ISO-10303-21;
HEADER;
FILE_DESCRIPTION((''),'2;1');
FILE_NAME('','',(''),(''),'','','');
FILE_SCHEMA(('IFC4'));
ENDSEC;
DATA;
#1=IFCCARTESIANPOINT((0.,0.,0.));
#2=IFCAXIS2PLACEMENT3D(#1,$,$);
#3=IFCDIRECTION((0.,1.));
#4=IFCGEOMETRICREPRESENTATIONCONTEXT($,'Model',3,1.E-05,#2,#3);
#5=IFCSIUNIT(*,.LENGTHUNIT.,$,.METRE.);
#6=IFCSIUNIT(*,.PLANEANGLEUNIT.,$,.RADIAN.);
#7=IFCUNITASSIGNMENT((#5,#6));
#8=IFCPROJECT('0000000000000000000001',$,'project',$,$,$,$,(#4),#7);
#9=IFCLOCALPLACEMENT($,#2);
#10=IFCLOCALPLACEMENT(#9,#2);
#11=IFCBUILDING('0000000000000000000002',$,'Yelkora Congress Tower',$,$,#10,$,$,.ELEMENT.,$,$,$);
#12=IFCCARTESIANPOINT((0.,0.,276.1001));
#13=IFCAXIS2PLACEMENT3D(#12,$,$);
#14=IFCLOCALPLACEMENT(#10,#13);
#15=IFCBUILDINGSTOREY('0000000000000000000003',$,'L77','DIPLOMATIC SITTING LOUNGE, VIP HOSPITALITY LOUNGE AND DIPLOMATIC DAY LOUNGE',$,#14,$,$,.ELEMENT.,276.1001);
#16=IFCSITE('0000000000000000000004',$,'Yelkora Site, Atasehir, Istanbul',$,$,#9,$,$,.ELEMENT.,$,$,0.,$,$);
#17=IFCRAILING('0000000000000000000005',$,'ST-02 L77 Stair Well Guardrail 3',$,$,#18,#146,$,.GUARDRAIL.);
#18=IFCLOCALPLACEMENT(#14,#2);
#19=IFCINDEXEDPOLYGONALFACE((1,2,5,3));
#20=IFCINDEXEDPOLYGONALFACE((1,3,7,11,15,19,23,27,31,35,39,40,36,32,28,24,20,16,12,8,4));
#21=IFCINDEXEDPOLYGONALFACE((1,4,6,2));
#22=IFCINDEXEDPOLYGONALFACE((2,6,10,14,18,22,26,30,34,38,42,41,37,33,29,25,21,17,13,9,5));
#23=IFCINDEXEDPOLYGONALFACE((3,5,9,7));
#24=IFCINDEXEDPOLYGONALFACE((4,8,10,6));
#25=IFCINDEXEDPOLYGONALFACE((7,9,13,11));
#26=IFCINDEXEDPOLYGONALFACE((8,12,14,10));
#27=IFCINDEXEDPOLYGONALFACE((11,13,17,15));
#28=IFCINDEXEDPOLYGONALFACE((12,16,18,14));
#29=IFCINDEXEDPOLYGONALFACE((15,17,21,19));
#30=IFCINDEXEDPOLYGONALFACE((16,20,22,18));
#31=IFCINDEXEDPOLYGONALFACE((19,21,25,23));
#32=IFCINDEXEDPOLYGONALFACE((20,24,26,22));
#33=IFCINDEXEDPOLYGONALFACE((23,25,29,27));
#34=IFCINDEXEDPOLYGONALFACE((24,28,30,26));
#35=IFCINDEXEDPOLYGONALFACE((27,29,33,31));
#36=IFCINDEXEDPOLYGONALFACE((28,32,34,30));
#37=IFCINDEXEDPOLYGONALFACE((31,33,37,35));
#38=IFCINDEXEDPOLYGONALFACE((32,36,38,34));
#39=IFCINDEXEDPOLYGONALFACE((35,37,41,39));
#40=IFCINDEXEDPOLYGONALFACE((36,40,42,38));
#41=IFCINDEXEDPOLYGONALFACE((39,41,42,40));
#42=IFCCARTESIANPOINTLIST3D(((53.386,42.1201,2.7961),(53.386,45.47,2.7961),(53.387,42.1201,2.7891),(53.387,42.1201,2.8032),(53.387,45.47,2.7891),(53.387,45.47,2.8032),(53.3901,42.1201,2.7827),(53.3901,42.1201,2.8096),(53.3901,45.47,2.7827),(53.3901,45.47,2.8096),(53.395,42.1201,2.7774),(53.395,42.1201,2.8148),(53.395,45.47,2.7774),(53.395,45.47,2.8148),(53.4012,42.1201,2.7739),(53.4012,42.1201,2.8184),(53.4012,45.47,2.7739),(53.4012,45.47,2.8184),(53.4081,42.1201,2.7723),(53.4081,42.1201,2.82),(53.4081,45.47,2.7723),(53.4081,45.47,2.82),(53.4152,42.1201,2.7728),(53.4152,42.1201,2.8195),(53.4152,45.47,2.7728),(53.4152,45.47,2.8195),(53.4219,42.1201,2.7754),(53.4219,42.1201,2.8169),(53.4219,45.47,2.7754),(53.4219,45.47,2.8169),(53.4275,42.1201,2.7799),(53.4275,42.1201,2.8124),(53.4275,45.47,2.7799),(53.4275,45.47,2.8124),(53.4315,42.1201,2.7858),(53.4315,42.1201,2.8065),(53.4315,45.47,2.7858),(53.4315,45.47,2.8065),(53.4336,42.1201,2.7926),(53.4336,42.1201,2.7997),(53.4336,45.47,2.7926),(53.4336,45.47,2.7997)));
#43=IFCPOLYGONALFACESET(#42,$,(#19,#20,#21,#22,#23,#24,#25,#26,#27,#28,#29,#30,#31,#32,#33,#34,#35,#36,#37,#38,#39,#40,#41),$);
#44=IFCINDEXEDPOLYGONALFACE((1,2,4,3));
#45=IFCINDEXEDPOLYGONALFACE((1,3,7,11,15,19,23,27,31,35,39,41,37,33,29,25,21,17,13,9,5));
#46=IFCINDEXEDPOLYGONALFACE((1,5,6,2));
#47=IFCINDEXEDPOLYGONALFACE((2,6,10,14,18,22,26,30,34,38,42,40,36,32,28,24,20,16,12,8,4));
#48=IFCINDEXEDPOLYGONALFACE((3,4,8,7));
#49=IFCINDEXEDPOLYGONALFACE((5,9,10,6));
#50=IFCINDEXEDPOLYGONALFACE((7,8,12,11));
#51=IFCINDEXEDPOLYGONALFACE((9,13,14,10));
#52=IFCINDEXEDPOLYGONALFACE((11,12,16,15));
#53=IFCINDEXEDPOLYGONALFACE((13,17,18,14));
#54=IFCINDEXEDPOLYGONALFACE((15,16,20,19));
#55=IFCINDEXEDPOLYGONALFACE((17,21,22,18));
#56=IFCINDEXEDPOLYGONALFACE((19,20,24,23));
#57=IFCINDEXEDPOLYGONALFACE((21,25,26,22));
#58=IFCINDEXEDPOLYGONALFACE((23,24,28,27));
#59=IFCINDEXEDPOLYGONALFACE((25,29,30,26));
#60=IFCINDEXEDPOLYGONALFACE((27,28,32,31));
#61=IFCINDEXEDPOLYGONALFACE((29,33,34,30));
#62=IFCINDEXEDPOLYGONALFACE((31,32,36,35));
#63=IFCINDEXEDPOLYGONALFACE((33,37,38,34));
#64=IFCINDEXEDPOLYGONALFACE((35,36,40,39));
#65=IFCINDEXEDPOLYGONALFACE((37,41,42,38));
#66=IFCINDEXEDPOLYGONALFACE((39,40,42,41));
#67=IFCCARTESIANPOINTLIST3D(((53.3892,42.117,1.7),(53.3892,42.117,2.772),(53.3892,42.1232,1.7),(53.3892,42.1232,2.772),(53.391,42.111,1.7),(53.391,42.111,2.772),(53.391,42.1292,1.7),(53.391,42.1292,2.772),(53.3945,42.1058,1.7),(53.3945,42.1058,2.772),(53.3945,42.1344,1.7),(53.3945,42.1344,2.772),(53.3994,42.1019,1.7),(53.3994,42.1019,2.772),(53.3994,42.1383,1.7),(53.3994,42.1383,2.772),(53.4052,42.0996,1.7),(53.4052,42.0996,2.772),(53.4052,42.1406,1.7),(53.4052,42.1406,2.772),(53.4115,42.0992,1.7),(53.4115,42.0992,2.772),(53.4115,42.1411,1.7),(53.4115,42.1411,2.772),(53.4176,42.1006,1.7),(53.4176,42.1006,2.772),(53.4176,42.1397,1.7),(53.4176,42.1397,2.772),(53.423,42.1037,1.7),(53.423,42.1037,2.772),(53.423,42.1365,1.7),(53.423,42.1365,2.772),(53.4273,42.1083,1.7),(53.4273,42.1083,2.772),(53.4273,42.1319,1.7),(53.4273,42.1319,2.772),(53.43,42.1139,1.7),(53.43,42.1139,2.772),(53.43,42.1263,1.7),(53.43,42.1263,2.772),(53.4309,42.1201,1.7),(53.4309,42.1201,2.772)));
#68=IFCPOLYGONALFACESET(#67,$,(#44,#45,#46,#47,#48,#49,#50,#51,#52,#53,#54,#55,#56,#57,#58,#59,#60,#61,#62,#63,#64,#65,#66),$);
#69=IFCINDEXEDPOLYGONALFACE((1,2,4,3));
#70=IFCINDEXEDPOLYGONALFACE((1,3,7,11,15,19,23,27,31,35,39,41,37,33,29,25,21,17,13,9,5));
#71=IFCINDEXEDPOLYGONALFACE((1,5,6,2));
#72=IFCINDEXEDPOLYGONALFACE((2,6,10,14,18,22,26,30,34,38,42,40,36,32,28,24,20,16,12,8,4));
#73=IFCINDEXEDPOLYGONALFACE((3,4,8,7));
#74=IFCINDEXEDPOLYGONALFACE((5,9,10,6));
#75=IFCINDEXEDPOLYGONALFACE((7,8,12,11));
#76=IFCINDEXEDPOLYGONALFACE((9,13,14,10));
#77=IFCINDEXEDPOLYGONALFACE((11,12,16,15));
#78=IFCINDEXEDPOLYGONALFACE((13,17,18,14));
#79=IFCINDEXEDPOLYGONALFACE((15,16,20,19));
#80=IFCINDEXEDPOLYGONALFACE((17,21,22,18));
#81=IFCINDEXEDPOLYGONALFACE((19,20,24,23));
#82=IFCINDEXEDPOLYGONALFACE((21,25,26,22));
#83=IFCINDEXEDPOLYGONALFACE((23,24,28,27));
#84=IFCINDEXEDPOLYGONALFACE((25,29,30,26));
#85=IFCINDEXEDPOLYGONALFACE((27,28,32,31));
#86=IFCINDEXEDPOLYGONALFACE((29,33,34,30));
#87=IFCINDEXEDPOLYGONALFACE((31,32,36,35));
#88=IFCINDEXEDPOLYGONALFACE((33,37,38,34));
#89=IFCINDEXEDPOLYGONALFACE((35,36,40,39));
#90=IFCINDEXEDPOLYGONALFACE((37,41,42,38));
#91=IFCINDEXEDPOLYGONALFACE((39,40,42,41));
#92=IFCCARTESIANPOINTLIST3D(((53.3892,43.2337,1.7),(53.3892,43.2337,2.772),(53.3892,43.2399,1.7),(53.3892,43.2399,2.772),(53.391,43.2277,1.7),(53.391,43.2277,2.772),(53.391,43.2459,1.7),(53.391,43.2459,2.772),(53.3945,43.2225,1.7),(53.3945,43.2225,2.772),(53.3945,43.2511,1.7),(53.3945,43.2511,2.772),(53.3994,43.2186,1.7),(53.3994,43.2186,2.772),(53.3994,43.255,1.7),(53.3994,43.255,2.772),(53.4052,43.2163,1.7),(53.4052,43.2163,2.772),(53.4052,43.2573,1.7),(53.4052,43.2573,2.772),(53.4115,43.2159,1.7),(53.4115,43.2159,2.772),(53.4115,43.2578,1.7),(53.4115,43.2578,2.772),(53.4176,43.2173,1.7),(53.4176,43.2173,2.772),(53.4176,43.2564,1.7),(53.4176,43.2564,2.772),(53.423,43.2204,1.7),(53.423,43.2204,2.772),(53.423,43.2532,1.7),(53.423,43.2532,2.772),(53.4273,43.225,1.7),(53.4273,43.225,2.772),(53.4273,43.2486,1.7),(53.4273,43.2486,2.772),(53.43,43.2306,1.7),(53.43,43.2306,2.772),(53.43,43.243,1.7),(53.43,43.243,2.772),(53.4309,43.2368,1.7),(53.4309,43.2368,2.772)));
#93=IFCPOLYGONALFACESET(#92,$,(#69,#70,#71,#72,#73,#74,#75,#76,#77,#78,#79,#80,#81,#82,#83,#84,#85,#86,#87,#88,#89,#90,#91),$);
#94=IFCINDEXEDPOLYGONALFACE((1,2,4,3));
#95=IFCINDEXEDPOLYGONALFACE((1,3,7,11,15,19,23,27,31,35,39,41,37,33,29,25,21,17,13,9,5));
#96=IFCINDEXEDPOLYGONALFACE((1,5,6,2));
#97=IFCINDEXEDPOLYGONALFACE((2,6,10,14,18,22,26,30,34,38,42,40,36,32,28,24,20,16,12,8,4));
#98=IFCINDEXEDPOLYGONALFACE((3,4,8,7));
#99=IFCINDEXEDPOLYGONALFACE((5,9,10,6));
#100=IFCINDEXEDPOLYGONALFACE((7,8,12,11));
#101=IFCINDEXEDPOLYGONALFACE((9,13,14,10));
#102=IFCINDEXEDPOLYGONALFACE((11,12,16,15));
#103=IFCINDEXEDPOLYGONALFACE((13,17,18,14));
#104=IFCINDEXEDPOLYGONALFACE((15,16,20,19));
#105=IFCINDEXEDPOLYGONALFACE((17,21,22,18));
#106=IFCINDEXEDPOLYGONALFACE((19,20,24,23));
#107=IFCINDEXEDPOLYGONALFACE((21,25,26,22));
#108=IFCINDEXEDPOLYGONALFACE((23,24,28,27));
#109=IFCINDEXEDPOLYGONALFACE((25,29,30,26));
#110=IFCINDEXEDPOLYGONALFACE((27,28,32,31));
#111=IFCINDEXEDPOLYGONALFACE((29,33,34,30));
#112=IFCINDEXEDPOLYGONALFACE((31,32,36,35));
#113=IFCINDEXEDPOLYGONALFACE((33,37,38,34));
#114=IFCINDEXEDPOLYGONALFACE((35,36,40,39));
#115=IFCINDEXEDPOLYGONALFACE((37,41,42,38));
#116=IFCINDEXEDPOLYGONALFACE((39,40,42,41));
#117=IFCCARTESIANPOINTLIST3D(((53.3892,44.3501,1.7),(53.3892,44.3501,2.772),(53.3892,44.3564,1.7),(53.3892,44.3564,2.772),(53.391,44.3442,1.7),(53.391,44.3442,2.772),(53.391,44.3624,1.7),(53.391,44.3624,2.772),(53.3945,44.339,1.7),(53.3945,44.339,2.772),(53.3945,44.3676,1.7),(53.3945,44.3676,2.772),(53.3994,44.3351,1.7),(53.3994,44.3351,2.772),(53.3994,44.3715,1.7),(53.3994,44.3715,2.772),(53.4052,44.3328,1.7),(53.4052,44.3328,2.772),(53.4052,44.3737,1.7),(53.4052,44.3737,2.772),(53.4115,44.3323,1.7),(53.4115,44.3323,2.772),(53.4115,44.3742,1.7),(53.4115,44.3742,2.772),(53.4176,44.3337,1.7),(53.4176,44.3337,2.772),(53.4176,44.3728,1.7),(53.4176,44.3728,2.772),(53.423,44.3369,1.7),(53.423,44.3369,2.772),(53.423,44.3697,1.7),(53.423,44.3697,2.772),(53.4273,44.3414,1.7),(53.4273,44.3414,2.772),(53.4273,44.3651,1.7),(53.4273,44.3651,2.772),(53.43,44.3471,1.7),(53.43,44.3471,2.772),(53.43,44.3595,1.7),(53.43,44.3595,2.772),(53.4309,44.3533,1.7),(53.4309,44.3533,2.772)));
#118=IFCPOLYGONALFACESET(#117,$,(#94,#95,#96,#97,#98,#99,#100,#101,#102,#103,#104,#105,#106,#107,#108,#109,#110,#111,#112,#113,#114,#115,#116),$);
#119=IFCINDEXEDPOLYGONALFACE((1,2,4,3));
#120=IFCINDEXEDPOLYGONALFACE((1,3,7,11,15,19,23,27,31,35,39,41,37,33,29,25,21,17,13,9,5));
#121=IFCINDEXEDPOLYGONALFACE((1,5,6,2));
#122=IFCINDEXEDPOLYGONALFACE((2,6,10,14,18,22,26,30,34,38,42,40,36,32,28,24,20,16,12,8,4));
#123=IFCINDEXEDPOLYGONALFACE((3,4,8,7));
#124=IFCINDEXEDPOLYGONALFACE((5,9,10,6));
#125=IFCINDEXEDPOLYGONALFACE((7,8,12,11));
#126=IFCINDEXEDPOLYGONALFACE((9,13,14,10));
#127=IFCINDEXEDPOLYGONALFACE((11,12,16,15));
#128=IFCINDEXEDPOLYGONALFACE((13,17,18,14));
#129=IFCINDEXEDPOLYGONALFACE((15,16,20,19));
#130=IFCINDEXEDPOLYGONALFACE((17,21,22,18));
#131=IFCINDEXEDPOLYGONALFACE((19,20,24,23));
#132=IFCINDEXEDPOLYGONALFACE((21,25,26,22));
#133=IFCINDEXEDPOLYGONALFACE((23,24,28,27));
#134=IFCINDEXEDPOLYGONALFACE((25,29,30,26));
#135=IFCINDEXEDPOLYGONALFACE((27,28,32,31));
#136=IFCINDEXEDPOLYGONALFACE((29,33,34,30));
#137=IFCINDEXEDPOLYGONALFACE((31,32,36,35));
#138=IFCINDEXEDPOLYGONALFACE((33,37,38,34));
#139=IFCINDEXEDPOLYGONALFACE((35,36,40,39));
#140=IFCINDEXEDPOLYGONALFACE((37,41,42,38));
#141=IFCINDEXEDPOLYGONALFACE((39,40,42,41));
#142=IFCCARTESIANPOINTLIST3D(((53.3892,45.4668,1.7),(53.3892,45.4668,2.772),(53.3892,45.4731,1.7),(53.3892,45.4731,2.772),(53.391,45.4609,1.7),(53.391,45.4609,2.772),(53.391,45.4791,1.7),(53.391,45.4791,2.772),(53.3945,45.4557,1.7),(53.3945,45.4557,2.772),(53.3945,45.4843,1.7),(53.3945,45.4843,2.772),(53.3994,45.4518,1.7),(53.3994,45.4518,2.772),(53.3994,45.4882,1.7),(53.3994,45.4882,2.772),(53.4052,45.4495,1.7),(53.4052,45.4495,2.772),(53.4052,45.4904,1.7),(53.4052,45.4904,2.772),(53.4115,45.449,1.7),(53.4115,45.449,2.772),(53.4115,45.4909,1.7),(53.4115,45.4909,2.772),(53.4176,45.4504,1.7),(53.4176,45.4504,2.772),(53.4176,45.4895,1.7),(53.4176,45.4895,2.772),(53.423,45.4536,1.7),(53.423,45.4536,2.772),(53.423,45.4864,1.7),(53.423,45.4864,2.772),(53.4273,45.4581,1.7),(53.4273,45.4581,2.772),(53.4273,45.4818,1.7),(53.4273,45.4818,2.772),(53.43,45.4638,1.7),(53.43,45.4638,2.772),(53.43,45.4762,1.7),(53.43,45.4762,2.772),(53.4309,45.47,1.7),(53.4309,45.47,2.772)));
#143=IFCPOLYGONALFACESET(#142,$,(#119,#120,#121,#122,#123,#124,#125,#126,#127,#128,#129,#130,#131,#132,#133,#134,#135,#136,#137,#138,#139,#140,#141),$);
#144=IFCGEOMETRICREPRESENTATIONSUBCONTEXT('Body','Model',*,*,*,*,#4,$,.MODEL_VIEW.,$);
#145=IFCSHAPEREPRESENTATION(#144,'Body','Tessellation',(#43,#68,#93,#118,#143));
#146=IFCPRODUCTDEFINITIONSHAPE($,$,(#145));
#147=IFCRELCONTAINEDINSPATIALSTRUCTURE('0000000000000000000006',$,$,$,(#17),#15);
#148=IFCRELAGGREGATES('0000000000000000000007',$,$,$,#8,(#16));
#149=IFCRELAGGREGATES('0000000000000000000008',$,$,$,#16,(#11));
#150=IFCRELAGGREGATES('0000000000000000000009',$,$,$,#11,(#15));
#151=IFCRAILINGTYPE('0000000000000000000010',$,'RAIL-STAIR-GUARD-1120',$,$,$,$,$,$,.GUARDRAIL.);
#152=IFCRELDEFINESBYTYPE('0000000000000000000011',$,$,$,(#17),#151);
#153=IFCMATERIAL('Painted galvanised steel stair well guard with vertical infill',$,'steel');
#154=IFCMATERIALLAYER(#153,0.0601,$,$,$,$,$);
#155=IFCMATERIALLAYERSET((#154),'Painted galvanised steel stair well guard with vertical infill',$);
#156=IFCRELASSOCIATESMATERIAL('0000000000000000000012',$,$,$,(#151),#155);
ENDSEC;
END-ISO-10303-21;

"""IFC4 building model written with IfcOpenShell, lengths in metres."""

from ifc_helpers import new_model, si_unit, direction, frame, origin, origin_2d, place, context, subcontext, project, spatial, circle, extrude, material, layer, layer_set, type_object, element, save


model = new_model("IFC4")

# Units and contexts
model_context = context("Model", 3, precision=1e-05, world=origin(), true_north=direction((0.0, 1.0)))
body_context = subcontext(model_context, "Body", "Model", "MODEL_VIEW")
ifc_project = project(units=[si_unit("LENGTHUNIT", "METRE"), si_unit("PLANEANGLEUNIT", "RADIAN")], contexts=[model_context])

# Site, building, storey
site_placement = place(None, origin())
site = spatial("IfcSite", under=ifc_project, at=site_placement, Name="Yelkora Site, Atasehir, Istanbul", CompositionType="ELEMENT", RefElevation=0.0)
building_placement = place(site_placement, origin())
building = spatial("IfcBuilding", under=site, at=building_placement, Name="Yelkora Congress Tower", CompositionType="ELEMENT")
storey_placement = place(building_placement, frame((0.0, 0.0, 276.1001)))
storey = spatial("IfcBuildingStorey", under=building, at=storey_placement, Name="L77", Description="DIPLOMATIC SITTING LOUNGE, VIP HOSPITALITY LOUNGE AND DIPLOMATIC DAY LOUNGE", CompositionType="ELEMENT", Elevation=276.1001)

# Railing
ifc_material_1 = material(Name="Painted galvanised steel stair well guard with vertical infill", Category="steel")
ifc_layer_1 = layer(ifc_material_1, 0.0601)
ifc_layer_set_1 = layer_set([ifc_layer_1], Name="Painted galvanised steel stair well guard with vertical infill")
railing_type = type_object("IfcRailingType", Name="RAIL-STAIR-GUARD-1120", PredefinedType="GUARDRAIL", material=ifc_layer_set_1)
railing_1_placement = place(storey_placement, frame((53.4099, 42.1201, 1.7)))
element("IfcRailing", 1, at=railing_1_placement, inside=storey, type_object=railing_type, Name="ST-02 L77 Stair Well Guardrail 3", PredefinedType="GUARDRAIL", context=body_context, shape_type="SweptSolid", body=[
    extrude(circle(Radius=0.0239, at=origin_2d()), frame((0.0, 0.0, 1.0962), z_axis=(0.0, 1.0, 0.0), x_axis=(-1.0, 0.0, 0.0)), (0.0, 0.0, 1.0), 3.3499),
    extrude(circle(Radius=0.021, at=origin_2d()), origin(), (0.0, 0.0, 1.0), 1.072),
    extrude(circle(Radius=0.021, at=origin_2d()), frame((0.0, 1.1167, 0.0)), (0.0, 0.0, 1.0), 1.072),
    extrude(circle(Radius=0.021, at=origin_2d()), frame((0.0, 2.2332, 0.0)), (0.0, 0.0, 1.0), 1.072),
    extrude(circle(Radius=0.021, at=origin_2d()), frame((0.0, 3.3499, 0.0)), (0.0, 0.0, 1.0), 1.072),
])

save(model, "model.ifc")
